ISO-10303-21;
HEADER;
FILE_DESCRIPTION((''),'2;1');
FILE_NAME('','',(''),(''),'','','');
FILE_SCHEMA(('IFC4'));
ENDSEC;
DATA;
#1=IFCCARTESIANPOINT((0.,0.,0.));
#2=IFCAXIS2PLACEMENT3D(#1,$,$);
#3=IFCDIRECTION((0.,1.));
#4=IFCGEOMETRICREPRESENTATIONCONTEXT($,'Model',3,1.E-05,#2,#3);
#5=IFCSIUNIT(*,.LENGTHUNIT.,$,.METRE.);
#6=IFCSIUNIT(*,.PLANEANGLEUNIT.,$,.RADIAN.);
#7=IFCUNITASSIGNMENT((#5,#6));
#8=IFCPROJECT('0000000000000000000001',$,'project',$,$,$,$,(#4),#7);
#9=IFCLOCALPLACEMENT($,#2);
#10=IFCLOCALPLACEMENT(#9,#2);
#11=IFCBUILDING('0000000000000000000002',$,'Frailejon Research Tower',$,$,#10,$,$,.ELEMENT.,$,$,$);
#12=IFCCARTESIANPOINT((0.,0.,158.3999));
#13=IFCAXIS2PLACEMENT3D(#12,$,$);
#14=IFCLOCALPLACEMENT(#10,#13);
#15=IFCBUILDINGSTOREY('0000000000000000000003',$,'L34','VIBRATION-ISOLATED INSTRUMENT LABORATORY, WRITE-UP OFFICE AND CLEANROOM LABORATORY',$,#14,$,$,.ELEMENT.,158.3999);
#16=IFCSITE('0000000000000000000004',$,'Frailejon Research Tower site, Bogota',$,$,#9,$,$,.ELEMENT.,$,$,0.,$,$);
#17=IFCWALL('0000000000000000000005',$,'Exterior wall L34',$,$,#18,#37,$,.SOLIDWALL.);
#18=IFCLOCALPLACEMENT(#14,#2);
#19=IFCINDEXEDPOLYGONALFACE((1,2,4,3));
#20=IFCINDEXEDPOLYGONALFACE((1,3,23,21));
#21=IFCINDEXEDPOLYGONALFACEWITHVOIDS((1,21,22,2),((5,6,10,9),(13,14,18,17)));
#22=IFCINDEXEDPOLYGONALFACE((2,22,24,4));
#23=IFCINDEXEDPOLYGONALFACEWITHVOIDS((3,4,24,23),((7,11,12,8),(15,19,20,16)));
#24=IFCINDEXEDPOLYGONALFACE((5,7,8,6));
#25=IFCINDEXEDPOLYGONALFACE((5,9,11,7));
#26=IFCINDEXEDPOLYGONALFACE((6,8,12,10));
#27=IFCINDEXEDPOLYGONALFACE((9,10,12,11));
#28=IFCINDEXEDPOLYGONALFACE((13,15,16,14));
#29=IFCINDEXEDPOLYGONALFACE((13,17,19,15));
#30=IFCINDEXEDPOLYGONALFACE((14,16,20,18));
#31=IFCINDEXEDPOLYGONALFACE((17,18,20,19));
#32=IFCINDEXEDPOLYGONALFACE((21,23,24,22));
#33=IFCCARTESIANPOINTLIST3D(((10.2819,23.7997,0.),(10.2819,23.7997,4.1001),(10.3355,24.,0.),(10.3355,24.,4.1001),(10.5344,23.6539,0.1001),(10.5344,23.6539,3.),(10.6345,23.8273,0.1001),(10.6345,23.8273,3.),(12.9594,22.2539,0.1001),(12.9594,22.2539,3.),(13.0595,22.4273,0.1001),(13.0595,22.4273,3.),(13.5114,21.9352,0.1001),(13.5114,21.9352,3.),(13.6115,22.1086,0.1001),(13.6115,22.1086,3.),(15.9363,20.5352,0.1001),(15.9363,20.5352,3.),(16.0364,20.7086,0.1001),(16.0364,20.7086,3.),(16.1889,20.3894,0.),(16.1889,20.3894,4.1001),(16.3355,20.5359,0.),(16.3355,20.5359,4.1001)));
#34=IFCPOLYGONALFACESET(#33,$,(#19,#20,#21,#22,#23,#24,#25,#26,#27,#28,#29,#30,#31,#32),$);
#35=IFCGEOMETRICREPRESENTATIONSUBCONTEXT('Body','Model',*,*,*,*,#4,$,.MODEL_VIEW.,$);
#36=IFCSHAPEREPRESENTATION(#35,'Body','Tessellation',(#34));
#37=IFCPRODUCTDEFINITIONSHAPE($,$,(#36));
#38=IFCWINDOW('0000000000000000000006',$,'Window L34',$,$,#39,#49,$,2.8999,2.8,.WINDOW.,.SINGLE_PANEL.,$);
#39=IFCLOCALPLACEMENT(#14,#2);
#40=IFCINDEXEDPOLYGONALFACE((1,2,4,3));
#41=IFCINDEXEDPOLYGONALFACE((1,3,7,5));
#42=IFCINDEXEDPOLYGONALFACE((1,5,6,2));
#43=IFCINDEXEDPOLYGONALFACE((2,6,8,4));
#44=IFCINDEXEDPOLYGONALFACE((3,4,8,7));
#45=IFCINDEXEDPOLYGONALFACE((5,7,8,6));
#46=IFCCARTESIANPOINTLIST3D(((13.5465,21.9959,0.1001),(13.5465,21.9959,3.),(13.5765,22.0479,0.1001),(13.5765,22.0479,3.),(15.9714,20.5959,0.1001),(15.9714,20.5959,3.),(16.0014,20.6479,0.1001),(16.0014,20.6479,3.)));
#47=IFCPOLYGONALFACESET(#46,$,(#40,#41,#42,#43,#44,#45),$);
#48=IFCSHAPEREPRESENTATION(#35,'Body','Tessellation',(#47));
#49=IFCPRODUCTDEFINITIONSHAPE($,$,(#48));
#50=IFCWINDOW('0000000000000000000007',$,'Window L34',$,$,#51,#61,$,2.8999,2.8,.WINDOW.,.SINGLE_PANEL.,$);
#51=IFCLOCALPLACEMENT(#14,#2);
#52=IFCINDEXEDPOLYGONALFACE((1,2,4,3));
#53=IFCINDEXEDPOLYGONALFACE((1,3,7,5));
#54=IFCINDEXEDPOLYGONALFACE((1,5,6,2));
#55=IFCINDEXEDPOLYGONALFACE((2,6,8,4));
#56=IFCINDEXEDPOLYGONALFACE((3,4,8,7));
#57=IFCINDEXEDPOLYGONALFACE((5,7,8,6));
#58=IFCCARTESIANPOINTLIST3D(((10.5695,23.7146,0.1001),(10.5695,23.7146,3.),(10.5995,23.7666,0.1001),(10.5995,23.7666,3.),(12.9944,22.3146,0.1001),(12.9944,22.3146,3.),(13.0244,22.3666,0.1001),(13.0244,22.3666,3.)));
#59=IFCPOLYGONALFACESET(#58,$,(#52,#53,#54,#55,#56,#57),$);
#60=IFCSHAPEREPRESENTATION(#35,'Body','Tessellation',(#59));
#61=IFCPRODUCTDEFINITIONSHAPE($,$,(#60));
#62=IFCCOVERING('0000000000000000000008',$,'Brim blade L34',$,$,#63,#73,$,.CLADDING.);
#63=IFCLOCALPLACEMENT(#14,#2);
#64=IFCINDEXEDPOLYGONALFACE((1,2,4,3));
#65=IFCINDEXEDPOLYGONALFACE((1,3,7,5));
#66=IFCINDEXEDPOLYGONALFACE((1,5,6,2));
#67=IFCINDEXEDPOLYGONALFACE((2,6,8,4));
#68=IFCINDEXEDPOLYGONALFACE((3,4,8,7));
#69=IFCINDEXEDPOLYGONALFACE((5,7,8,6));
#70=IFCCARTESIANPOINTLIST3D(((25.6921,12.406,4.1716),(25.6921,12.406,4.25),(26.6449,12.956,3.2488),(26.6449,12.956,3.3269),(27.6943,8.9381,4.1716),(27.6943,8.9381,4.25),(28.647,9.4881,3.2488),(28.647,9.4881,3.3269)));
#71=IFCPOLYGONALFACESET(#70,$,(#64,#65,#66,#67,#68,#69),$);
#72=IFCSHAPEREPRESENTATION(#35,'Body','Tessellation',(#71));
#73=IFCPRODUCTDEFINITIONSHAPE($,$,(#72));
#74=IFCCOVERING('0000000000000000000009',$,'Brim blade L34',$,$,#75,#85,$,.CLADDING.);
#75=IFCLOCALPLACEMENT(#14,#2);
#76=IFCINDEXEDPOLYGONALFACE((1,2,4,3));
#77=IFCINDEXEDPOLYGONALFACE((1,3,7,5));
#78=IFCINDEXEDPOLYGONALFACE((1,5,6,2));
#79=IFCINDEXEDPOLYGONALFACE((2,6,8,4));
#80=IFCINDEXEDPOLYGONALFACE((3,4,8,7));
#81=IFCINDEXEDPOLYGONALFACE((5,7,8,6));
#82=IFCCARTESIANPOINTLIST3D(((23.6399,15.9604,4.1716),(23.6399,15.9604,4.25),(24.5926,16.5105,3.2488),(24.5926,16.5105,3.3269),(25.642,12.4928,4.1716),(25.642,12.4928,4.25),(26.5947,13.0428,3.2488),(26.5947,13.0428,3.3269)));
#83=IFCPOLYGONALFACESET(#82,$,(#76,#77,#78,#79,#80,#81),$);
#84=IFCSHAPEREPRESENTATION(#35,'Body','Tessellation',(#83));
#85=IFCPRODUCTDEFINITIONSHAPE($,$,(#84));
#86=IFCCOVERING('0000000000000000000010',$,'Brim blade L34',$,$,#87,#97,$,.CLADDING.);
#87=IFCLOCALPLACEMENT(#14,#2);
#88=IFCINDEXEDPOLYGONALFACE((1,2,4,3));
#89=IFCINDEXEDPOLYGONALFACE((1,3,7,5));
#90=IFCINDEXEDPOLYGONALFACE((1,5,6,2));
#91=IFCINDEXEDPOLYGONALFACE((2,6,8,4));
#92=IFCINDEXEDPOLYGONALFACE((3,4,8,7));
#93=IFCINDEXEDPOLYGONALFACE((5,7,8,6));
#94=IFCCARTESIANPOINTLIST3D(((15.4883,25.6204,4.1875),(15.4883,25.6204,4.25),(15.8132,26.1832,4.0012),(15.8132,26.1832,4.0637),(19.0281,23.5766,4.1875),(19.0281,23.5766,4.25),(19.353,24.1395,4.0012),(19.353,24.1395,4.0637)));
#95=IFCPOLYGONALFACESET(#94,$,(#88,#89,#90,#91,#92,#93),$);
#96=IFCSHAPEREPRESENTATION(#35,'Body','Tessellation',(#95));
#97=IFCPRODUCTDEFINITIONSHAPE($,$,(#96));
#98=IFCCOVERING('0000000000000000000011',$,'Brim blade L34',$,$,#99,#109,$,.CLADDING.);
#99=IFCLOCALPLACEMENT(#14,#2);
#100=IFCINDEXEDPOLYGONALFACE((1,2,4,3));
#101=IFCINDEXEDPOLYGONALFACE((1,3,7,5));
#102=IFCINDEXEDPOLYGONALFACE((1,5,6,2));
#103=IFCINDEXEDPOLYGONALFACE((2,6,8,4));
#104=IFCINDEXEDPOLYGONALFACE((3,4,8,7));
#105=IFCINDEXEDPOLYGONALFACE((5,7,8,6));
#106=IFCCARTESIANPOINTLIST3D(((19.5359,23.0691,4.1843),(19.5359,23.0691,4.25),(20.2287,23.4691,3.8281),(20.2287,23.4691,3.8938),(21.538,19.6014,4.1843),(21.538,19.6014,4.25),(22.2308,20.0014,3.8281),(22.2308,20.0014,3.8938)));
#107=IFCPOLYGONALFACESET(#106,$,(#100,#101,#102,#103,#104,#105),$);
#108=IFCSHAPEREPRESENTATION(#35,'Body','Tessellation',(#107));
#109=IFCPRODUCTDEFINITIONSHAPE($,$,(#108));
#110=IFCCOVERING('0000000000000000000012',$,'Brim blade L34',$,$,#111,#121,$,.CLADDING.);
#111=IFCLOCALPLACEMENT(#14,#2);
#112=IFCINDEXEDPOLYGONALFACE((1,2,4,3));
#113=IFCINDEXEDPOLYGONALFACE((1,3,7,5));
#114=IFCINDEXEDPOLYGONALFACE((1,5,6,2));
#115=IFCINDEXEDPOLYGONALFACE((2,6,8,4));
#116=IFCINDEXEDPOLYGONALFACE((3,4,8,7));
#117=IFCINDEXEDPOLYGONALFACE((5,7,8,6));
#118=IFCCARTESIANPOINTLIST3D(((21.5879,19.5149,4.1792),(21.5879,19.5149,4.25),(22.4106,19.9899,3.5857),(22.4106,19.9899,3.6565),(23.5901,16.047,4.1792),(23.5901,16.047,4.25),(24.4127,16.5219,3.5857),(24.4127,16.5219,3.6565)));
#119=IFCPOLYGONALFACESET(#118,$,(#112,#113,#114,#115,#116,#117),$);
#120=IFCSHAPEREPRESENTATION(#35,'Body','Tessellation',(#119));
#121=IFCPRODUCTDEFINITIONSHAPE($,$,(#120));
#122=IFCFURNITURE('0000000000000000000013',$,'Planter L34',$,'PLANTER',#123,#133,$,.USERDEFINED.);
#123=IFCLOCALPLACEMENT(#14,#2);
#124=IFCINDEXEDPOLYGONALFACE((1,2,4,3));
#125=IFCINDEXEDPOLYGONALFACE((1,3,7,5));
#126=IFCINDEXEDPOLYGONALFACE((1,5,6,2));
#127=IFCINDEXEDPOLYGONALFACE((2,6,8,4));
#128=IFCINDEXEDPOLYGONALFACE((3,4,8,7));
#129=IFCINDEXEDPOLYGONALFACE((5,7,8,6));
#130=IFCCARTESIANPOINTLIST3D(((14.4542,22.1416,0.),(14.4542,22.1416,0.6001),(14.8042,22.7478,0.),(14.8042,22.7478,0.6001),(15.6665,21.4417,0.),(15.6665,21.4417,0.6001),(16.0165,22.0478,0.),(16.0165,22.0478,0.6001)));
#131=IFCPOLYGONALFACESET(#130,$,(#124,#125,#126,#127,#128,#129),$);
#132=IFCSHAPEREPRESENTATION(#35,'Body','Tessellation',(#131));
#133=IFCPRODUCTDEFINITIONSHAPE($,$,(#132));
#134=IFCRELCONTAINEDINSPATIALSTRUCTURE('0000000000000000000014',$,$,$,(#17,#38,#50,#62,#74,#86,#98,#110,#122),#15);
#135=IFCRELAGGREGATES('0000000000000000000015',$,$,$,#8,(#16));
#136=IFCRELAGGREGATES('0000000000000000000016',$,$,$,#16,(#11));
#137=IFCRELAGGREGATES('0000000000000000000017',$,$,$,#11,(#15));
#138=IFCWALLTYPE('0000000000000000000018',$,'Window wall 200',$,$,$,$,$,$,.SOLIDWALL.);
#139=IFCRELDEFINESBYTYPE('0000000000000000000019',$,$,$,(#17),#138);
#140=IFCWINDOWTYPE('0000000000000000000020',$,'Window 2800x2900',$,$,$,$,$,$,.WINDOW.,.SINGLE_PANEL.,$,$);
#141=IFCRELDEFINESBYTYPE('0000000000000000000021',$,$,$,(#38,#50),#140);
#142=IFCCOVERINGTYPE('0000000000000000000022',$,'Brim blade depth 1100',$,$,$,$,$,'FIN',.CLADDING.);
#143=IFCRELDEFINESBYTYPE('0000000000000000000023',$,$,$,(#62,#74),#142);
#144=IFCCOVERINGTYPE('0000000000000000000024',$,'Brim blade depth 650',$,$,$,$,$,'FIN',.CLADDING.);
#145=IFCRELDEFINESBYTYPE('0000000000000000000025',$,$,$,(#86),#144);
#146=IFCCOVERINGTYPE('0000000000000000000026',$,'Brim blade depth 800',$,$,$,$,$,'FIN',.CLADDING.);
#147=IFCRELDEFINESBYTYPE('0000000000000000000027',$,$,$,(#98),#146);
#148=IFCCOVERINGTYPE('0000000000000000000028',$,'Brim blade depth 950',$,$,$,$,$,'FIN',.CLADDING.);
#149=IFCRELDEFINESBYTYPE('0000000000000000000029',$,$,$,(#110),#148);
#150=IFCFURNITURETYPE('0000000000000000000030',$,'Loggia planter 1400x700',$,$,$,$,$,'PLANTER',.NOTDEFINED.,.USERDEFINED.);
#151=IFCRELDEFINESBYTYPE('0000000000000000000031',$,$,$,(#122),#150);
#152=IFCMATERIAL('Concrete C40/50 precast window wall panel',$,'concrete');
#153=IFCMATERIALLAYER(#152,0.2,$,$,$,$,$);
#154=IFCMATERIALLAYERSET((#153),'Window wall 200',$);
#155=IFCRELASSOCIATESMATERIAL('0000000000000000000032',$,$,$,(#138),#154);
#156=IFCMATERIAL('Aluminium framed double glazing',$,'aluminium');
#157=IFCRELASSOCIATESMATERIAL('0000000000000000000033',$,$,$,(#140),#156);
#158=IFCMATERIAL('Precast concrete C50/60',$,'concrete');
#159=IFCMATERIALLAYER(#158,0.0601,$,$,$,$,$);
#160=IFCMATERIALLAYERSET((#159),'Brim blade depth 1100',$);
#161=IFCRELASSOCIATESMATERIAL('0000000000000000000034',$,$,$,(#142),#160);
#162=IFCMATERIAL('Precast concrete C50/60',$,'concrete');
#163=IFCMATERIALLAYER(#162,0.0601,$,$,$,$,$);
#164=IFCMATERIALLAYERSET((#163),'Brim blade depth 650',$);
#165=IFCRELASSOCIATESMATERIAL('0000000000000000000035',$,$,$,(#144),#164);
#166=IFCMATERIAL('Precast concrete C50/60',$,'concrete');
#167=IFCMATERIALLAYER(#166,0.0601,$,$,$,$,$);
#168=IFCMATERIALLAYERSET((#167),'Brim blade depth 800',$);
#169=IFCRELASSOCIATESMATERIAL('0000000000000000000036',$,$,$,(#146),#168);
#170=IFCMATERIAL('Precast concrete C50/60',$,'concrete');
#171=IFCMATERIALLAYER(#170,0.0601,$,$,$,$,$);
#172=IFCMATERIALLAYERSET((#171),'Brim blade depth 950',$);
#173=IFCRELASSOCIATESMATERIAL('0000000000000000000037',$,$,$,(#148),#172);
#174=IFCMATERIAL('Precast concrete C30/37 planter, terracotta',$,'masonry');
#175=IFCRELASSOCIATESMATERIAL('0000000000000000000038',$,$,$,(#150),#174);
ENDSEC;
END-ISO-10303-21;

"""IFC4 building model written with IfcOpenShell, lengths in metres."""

from ifc_helpers import new_model, si_unit, direction, frame, frame_2d, origin, origin_2d, place, context, subcontext, project, spatial, polyline, rectangle, outline, extrude, material, layer, layer_set, type_object, element, fill, save


model = new_model("IFC4")

# Units and contexts
model_context = context("Model", 3, precision=1e-05, world=origin(), true_north=direction((0.0, 1.0)))
body_context = subcontext(model_context, "Body", "Model", "MODEL_VIEW")
ifc_project = project(units=[si_unit("LENGTHUNIT", "METRE"), si_unit("PLANEANGLEUNIT", "RADIAN")], contexts=[model_context])

# Site, building, storey
site_placement = place(None, origin())
site = spatial("IfcSite", under=ifc_project, at=site_placement, Name="Frailejon Research Tower site, Bogota", CompositionType="ELEMENT", RefElevation=0.0)
building_placement = place(site_placement, origin())
building = spatial("IfcBuilding", under=site, at=building_placement, Name="Frailejon Research Tower", CompositionType="ELEMENT")
storey_placement = place(building_placement, frame((0.0, 0.0, 158.3999)))
storey = spatial("IfcBuildingStorey", under=building, at=storey_placement, Name="L34", Description="VIBRATION-ISOLATED INSTRUMENT LABORATORY, WRITE-UP OFFICE AND CLEANROOM LABORATORY", CompositionType="ELEMENT", Elevation=158.3999)

# Wall, openings, windows
ifc_material_1 = material(Name="Concrete C40/50 precast window wall panel", Category="concrete")
ifc_layer_1 = layer(ifc_material_1, 0.2)
ifc_layer_set_1 = layer_set([ifc_layer_1], Name="Window wall 200")
wall_type_1 = type_object("IfcWallType", Name="Window wall 200", PredefinedType="SOLIDWALL", material=ifc_layer_set_1)
wall_1_placement = place(storey_placement, frame((16.2622, 20.4626, 0.0), z_axis=(0.0, 0.0, 1.0), x_axis=(-0.866029, 0.499993, 0.0)))
wall_1 = element("IfcWall", 1, at=wall_1_placement, inside=storey, type_object=wall_type_1, Name="Exterior wall L34", PredefinedType="SOLIDWALL", context=body_context, shape_type="SweptSolid", body=[
    extrude(outline(polyline([(-0.0269, -0.1001), (1.1279, -0.1001), (2.2825, -0.1001), (3.4373, -0.1001), (4.592, -0.1001), (5.7466, -0.1001), (6.9014, -0.1001), (6.8477, 0.1001), (5.7109, 0.1001), (4.574, 0.1001), (3.4373, 0.1001), (2.3005, 0.1001), (1.1636, 0.1001), (0.0269, 0.1001), (-0.0269, -0.1001)])), origin(), (0.0, 0.0, 1.0), 4.1001),
])
opening_1_placement = place(wall_1_placement, frame((0.3186, 0.0, 0.1001)))
opening_1 = element("IfcOpeningElement", 2, at=opening_1_placement, cuts=wall_1, PredefinedType="OPENING", context=body_context, shape_type="SweptSolid", body=[
    extrude(rectangle(XDim=2.8, YDim=2.8999, at=frame_2d((1.3999, 1.45))), frame((0.0, 0.1099, 0.0), z_axis=(0.0, -1.0, 0.0), x_axis=(1.0, 0.0, 0.0)), (0.0, 0.0, 1.0), 0.22),
])
opening_2_placement = place(wall_1_placement, frame((3.7561, 0.0, 0.1001)))
opening_2 = element("IfcOpeningElement", 3, at=opening_2_placement, cuts=wall_1, PredefinedType="OPENING", context=body_context, shape_type="SweptSolid", body=[
    extrude(rectangle(XDim=2.8, YDim=2.8999, at=frame_2d((1.3999, 1.45))), frame((0.0, 0.1099, 0.0), z_axis=(0.0, -1.0, 0.0), x_axis=(1.0, 0.0, 0.0)), (0.0, 0.0, 1.0), 0.22),
])
ifc_material_2 = material(Name="Aluminium framed double glazing", Category="aluminium")
window_type = type_object("IfcWindowType", Name="Window 2800x2900", PartitioningType="SINGLE_PANEL", PredefinedType="WINDOW", material=ifc_material_2)
window_1_placement = place(opening_1_placement, origin())
window_1 = element("IfcWindow", 4, at=window_1_placement, inside=storey, type_object=window_type, Name="Window L34", OverallHeight=2.8999, OverallWidth=2.8, PartitioningType="SINGLE_PANEL", PredefinedType="WINDOW", context=body_context, shape_type="SweptSolid", body=[
    extrude(rectangle(XDim=2.8, YDim=2.8999, at=frame_2d((1.3999, 1.45))), frame((0.0, 0.03, 0.0), z_axis=(0.0, -1.0, 0.0), x_axis=(1.0, 0.0, 0.0)), (0.0, 0.0, 1.0), 0.0601),
])
fill(opening_1, window_1)
window_2_placement = place(opening_2_placement, origin())
window_2 = element("IfcWindow", 5, at=window_2_placement, inside=storey, type_object=window_type, Name="Window L34", OverallHeight=2.8999, OverallWidth=2.8, PartitioningType="SINGLE_PANEL", PredefinedType="WINDOW", context=body_context, shape_type="SweptSolid", body=[
    extrude(rectangle(XDim=2.8, YDim=2.8999, at=frame_2d((1.3999, 1.45))), frame((0.0, 0.03, 0.0), z_axis=(0.0, -1.0, 0.0), x_axis=(1.0, 0.0, 0.0)), (0.0, 0.0, 1.0), 0.0601),
])
fill(opening_2, window_2)

# Coverings
ifc_material_3 = material(Name="Precast concrete C50/60", Category="concrete")
ifc_layer_2 = layer(ifc_material_3, 0.0601)
ifc_layer_set_2 = layer_set([ifc_layer_2], Name="Brim blade depth 1100")
covering_type_1 = type_object("IfcCoveringType", Name="Brim blade depth 1100", ElementType="FIN", PredefinedType="CLADDING", material=ifc_layer_set_2)
covering_1_placement = place(storey_placement, frame((25.6921, 12.406, 4.25), z_axis=(0.499994, -0.866029, 0.0), x_axis=(0.866029, 0.499994, 0.0)))
element("IfcCovering", 6, at=covering_1_placement, inside=storey, type_object=covering_type_1, Name="Brim blade L34", PredefinedType="CLADDING", context=body_context, shape_type="SweptSolid", body=[
    extrude(outline(polyline([(0.0, -0.0784), (1.1001, -1.0012), (1.1001, -0.9231), (0.0, 0.0), (0.0, -0.0784)])), origin(), (0.0, 0.0, 1.0), 4.0044),
])
covering_2_placement = place(storey_placement, frame((23.6399, 15.9604, 4.25), z_axis=(0.500004, -0.866023, 0.0), x_axis=(0.866023, 0.500004, 0.0)))
element("IfcCovering", 7, at=covering_2_placement, inside=storey, type_object=covering_type_1, Name="Brim blade L34", PredefinedType="CLADDING", context=body_context, shape_type="SweptSolid", body=[
    extrude(outline(polyline([(0.0, -0.0784), (1.1001, -1.0012), (1.1001, -0.9231), (0.0, 0.0), (0.0, -0.0784)])), origin(), (0.0, 0.0, 1.0), 4.0042),
])
ifc_material_4 = material(Name="Precast concrete C50/60", Category="concrete")
ifc_layer_3 = layer(ifc_material_4, 0.0601)
ifc_layer_set_3 = layer_set([ifc_layer_3], Name="Brim blade depth 650")
covering_type_2 = type_object("IfcCoveringType", Name="Brim blade depth 650", ElementType="FIN", PredefinedType="CLADDING", material=ifc_layer_set_3)
covering_3_placement = place(storey_placement, frame((15.4883, 25.6204, 4.25), z_axis=(0.866021, -0.500007, 0.0), x_axis=(0.500007, 0.866021, 0.0)))
element("IfcCovering", 8, at=covering_3_placement, inside=storey, type_object=covering_type_2, Name="Brim blade L34", PredefinedType="CLADDING", context=body_context, shape_type="SweptSolid", body=[
    extrude(outline(polyline([(0.0, -0.0625), (0.6499, -0.2488), (0.6499, -0.1863), (0.0, 0.0), (0.0, -0.0625)])), origin(), (0.0, 0.0, 1.0), 4.0874),
])
ifc_material_5 = material(Name="Precast concrete C50/60", Category="concrete")
ifc_layer_4 = layer(ifc_material_5, 0.0601)
ifc_layer_set_4 = layer_set([ifc_layer_4], Name="Brim blade depth 800")
covering_type_3 = type_object("IfcCoveringType", Name="Brim blade depth 800", ElementType="FIN", PredefinedType="CLADDING", material=ifc_layer_set_4)
covering_4_placement = place(storey_placement, frame((19.5359, 23.0691, 4.25), z_axis=(0.500004, -0.866023, 0.0), x_axis=(0.866023, 0.500004, 0.0)))
element("IfcCovering", 9, at=covering_4_placement, inside=storey, type_object=covering_type_3, Name="Brim blade L34", PredefinedType="CLADDING", context=body_context, shape_type="SweptSolid", body=[
    extrude(outline(polyline([(0.0, -0.0657), (0.8, -0.4219), (0.8, -0.3562), (0.0, 0.0), (0.0, -0.0657)])), origin(), (0.0, 0.0, 1.0), 4.0042),
])
ifc_material_6 = material(Name="Precast concrete C50/60", Category="concrete")
ifc_layer_5 = layer(ifc_material_6, 0.0601)
ifc_layer_set_5 = layer_set([ifc_layer_5], Name="Brim blade depth 950")
covering_type_4 = type_object("IfcCoveringType", Name="Brim blade depth 950", ElementType="FIN", PredefinedType="CLADDING", material=ifc_layer_set_5)
covering_5_placement = place(storey_placement, frame((21.5879, 19.5149, 4.25), z_axis=(0.499994, -0.866029, 0.0), x_axis=(0.866029, 0.499994, 0.0)))
element("IfcCovering", 10, at=covering_5_placement, inside=storey, type_object=covering_type_4, Name="Brim blade L34", PredefinedType="CLADDING", context=body_context, shape_type="SweptSolid", body=[
    extrude(outline(polyline([(0.0, -0.0708), (0.95, -0.6643), (0.95, -0.5935), (0.0, 0.0), (0.0, -0.0708)])), origin(), (0.0, 0.0, 1.0), 4.0044),
])

# Furniture
ifc_material_7 = material(Name="Precast concrete C30/37 planter, terracotta", Category="masonry")
furniture_type = type_object("IfcFurnitureType", Name="Loggia planter 1400x700", ElementType="PLANTER", AssemblyPlace="NOTDEFINED", PredefinedType="USERDEFINED", material=ifc_material_7)
furniture_placement = place(storey_placement, frame((15.2354, 22.0947, 0.0), z_axis=(0.0, 0.0, 1.0), x_axis=(-0.866025, 0.5, 0.0)))
element("IfcFurniture", 11, at=furniture_placement, inside=storey, type_object=furniture_type, Name="Planter L34", ObjectType="PLANTER", PredefinedType="USERDEFINED", context=body_context, shape_type="SweptSolid", body=[
    extrude(rectangle(XDim=1.3999, YDim=0.7, at=origin_2d()), origin(), (0.0, 0.0, 1.0), 0.6001),
])

save(model, "model.ifc")
